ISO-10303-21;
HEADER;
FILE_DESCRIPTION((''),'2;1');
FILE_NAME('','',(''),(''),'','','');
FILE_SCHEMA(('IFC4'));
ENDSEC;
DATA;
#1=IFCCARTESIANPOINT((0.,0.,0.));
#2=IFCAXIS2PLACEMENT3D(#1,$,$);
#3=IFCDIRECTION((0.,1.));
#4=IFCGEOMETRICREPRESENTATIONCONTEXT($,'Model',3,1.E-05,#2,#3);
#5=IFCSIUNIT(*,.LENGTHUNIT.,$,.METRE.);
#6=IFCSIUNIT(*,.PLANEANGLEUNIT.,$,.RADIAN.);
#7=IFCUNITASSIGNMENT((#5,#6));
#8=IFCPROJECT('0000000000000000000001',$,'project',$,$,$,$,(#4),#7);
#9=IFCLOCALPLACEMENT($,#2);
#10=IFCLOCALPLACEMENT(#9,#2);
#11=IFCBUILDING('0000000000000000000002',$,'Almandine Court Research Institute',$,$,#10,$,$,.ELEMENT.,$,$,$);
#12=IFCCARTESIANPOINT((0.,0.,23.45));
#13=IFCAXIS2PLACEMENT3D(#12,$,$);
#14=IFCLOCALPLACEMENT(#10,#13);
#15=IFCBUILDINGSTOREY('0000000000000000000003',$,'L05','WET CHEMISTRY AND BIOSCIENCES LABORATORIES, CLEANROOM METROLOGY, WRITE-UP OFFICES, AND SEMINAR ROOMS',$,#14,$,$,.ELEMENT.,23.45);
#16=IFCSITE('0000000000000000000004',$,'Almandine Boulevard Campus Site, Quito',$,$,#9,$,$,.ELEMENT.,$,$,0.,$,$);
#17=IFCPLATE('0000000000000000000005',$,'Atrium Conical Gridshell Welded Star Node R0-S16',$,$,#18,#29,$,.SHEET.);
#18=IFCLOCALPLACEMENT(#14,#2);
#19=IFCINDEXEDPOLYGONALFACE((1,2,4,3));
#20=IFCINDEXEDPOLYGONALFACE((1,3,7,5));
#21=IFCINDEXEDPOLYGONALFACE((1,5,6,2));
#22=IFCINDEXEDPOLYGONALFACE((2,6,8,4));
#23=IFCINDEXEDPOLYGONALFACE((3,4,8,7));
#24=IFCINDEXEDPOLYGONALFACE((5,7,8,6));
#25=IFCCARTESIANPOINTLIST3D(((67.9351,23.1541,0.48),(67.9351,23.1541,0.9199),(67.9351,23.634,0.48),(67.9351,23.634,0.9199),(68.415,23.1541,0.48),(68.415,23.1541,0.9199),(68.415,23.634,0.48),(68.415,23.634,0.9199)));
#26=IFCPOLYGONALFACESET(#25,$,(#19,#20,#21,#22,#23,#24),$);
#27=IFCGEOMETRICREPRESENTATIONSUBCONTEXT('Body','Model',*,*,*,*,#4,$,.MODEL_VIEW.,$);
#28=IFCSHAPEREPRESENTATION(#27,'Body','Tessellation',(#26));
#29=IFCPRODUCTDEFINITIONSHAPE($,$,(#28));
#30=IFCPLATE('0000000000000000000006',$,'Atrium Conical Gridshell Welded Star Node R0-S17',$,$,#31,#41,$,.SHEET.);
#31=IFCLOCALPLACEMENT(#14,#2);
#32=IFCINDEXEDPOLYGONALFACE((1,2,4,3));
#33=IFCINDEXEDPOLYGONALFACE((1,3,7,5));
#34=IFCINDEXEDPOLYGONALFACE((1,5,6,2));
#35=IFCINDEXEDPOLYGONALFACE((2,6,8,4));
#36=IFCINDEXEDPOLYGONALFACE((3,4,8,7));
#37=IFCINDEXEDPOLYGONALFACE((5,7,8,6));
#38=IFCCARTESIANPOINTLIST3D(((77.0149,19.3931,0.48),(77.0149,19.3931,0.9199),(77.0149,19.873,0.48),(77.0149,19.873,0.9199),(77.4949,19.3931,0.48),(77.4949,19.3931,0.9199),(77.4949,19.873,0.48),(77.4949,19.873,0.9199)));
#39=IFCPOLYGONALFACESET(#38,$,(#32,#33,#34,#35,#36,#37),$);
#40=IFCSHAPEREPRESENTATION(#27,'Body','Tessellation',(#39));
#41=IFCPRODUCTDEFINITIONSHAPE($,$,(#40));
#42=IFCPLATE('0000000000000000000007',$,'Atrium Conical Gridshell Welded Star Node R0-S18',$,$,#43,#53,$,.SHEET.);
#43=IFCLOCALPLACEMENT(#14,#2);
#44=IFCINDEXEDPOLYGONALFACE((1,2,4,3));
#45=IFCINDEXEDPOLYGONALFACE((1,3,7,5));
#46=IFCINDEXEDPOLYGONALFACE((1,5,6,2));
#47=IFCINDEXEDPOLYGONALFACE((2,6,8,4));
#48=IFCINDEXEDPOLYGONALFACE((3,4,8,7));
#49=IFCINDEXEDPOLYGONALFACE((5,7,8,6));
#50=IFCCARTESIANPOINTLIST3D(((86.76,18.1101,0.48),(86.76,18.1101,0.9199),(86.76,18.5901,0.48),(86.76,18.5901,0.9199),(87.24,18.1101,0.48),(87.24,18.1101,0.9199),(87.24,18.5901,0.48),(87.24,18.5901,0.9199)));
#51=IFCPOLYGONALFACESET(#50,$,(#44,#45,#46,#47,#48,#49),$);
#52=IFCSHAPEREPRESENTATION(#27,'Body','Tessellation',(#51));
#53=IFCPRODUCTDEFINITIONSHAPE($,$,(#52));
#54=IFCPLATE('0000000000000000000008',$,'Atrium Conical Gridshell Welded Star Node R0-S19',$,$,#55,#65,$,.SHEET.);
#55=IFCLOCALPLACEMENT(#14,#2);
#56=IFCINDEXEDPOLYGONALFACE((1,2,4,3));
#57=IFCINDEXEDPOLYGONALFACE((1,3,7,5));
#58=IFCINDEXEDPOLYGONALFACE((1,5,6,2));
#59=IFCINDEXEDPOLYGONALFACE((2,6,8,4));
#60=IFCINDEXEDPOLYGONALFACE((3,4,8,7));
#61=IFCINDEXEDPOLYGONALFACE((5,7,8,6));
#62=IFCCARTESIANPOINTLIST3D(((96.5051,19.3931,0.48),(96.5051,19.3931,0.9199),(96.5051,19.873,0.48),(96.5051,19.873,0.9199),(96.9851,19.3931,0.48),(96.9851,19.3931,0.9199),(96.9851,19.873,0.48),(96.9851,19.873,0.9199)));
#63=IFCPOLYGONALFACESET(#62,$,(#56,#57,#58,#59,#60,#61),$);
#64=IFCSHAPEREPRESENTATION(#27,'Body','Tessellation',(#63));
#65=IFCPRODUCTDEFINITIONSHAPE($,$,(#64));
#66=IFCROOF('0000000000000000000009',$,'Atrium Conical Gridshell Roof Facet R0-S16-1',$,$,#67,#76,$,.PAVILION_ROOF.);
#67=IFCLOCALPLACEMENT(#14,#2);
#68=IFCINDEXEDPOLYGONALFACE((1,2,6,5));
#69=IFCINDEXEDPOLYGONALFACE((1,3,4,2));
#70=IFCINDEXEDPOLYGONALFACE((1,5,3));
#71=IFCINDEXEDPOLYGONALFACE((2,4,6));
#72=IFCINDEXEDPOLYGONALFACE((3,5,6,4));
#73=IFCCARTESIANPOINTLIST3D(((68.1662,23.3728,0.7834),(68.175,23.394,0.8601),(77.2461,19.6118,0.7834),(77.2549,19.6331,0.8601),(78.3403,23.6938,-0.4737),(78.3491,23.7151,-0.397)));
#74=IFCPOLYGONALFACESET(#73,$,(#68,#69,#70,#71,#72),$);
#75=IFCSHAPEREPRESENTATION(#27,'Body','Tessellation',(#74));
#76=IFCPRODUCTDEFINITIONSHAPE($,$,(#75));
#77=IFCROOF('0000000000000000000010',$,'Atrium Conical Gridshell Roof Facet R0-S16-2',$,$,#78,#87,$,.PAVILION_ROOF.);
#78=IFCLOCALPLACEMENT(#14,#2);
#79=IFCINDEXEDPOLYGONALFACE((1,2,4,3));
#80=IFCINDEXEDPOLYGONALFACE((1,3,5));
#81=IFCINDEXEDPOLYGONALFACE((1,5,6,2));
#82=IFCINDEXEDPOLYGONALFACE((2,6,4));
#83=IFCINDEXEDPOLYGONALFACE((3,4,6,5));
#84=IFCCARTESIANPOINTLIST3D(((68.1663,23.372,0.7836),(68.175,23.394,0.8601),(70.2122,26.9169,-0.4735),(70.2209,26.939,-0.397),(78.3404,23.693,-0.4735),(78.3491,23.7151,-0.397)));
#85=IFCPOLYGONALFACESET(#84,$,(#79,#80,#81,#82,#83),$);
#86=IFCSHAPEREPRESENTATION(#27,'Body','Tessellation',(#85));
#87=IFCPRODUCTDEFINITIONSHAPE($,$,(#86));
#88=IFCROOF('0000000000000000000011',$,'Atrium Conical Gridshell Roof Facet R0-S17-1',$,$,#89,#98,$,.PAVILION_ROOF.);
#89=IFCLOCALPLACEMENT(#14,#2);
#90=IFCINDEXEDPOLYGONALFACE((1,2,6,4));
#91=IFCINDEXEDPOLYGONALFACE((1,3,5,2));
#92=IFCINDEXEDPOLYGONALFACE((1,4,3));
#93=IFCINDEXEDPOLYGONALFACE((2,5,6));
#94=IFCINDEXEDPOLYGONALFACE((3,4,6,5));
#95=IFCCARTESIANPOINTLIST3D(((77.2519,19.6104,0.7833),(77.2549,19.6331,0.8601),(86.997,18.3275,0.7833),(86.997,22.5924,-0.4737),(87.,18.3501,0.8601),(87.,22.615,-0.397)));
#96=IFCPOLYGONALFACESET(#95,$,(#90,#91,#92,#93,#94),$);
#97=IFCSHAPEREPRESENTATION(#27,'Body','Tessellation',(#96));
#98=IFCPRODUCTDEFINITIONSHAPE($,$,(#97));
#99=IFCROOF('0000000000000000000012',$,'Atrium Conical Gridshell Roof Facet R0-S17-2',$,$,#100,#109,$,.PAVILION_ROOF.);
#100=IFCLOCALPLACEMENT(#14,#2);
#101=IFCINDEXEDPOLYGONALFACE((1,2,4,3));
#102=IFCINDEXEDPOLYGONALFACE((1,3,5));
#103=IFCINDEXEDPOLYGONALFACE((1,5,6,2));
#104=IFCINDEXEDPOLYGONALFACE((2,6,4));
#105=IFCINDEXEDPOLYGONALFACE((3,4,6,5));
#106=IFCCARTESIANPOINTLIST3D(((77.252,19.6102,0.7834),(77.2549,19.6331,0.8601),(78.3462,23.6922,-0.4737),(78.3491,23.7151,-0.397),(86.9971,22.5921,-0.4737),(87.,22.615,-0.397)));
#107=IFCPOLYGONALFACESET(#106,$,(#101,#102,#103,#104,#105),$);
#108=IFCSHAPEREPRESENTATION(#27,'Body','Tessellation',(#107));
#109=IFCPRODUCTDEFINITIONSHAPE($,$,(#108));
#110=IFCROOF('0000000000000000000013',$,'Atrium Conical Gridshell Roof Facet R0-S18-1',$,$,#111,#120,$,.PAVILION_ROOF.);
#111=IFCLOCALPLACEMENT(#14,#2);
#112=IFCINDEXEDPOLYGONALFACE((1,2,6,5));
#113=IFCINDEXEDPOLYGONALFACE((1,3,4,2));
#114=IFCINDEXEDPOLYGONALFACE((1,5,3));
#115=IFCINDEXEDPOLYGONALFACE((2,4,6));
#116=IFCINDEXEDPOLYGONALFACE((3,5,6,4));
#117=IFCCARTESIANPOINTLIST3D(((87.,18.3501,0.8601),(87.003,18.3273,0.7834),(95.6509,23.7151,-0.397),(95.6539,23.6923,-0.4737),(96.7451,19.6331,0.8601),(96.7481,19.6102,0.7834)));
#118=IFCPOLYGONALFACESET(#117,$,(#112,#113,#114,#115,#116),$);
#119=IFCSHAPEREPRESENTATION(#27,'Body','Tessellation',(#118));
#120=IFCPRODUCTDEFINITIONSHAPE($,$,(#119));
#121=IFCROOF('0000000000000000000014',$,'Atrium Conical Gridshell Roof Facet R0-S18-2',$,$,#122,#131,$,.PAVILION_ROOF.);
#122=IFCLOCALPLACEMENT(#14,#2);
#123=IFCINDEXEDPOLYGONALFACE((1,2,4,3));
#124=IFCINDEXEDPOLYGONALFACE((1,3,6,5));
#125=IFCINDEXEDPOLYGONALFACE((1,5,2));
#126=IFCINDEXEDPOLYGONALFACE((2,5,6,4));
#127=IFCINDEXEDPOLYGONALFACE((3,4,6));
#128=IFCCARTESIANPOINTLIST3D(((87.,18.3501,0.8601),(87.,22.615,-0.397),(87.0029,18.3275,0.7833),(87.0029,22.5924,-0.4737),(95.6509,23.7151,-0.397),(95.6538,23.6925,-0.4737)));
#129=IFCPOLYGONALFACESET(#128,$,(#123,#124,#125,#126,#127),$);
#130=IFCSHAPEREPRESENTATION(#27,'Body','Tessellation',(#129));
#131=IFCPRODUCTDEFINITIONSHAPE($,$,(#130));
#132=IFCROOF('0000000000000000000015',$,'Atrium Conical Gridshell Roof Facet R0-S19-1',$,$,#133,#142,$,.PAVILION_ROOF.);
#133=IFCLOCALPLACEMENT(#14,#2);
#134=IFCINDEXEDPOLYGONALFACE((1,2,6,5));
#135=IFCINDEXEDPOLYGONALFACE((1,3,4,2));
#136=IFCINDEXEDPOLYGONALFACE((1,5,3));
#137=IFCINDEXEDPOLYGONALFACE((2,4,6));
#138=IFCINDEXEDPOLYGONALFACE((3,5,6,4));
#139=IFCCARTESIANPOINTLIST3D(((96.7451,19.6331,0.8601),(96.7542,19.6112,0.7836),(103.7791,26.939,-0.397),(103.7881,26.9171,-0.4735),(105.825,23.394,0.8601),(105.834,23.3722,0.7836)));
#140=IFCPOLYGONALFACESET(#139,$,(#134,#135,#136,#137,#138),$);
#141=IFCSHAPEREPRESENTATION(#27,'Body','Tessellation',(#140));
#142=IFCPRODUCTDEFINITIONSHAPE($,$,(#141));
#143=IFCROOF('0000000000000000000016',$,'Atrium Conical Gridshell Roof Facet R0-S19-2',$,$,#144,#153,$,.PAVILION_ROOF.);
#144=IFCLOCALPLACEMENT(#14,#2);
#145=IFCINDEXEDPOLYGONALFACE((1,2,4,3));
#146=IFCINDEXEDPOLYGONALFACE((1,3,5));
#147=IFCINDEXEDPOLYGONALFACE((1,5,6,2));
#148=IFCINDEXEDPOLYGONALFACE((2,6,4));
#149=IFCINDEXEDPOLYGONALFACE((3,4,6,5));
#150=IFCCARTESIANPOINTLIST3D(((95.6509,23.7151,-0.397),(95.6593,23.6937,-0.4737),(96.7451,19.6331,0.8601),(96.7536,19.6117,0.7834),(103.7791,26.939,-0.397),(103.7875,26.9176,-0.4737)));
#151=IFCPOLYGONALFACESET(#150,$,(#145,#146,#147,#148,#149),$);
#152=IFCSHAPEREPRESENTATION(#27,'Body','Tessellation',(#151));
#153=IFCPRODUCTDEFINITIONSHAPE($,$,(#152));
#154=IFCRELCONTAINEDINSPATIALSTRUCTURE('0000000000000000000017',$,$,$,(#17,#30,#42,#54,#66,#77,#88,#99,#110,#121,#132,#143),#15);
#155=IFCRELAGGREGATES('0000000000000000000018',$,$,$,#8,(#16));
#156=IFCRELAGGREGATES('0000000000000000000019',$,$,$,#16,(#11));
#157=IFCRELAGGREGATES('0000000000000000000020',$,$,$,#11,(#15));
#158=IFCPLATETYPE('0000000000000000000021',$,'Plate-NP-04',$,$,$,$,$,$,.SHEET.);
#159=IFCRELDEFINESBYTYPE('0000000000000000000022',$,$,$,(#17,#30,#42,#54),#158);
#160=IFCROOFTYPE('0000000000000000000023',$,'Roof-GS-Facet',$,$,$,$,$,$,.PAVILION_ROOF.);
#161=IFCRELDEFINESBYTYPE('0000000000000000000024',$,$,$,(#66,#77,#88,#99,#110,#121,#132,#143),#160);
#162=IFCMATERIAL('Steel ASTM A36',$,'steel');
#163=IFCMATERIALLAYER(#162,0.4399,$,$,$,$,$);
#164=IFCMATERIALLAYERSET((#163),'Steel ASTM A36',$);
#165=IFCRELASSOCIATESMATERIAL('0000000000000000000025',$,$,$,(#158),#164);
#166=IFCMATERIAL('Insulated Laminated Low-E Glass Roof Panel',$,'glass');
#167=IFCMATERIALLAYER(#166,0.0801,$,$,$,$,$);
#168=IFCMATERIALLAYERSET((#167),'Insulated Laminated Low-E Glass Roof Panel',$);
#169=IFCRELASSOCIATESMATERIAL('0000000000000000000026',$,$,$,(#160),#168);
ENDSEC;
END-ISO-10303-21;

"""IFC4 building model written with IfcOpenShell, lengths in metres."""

from ifc_helpers import new_model, si_unit, direction, frame, origin, origin_2d, place, context, subcontext, project, spatial, polyline, rectangle, outline, extrude, material, layer, layer_set, type_object, element, save


model = new_model("IFC4")

# Units and contexts
model_context = context("Model", 3, precision=1e-05, world=origin(), true_north=direction((0.0, 1.0)))
body_context = subcontext(model_context, "Body", "Model", "MODEL_VIEW")
ifc_project = project(units=[si_unit("LENGTHUNIT", "METRE"), si_unit("PLANEANGLEUNIT", "RADIAN")], contexts=[model_context])

# Site, building, storey
site_placement = place(None, origin())
site = spatial("IfcSite", under=ifc_project, at=site_placement, Name="Almandine Boulevard Campus Site, Quito", CompositionType="ELEMENT", RefElevation=0.0)
building_placement = place(site_placement, origin())
building = spatial("IfcBuilding", under=site, at=building_placement, Name="Almandine Court Research Institute", CompositionType="ELEMENT")
storey_placement = place(building_placement, frame((0.0, 0.0, 23.45)))
storey = spatial("IfcBuildingStorey", under=building, at=storey_placement, Name="L05", Description="WET CHEMISTRY AND BIOSCIENCES LABORATORIES, CLEANROOM METROLOGY, WRITE-UP OFFICES, AND SEMINAR ROOMS", CompositionType="ELEMENT", Elevation=23.45)

# Plates
ifc_material_1 = material(Name="Steel ASTM A36", Category="steel")
ifc_layer_1 = layer(ifc_material_1, 0.4399)
ifc_layer_set_1 = layer_set([ifc_layer_1], Name="Steel ASTM A36")
plate_type = type_object("IfcPlateType", Name="Plate-NP-04", PredefinedType="SHEET", material=ifc_layer_set_1)
for number, where, z_axis, x_axis, name in (
    (1, (68.175, 23.394, 0.48), (0.0, 0.0, 1.0), (1.0, 0.0, 0.0), "Atrium Conical Gridshell Welded Star Node R0-S16"),
    (2, (77.2549, 19.6331, 0.48), (0.0, 0.0, 1.0), (1.0, 0.0, 0.0), "Atrium Conical Gridshell Welded Star Node R0-S17"),
    (3, (87.0, 18.3501, 0.48), (0.0, 0.0, 1.0), (1.0, 0.0, 0.0), "Atrium Conical Gridshell Welded Star Node R0-S18"),
    (4, (96.7451, 19.6331, 0.48), (0.0, 0.0, 1.0), (1.0, 0.0, 0.0), "Atrium Conical Gridshell Welded Star Node R0-S19"),
):
    element("IfcPlate", number, at=place(storey_placement, frame(where, z_axis=z_axis, x_axis=x_axis)), inside=storey, type_object=plate_type, Name=name, PredefinedType="SHEET", context=body_context, shape_type="SweptSolid", body=[
        extrude(rectangle(XDim=0.48, YDim=0.48, at=origin_2d()), origin(), (0.0, 0.0, 1.0), 0.4399),
    ])

# Roofs
ifc_material_2 = material(Name="Insulated Laminated Low-E Glass Roof Panel", Category="glass")
ifc_layer_2 = layer(ifc_material_2, 0.0801)
ifc_layer_set_2 = layer_set([ifc_layer_2], Name="Insulated Laminated Low-E Glass Roof Panel")
roof_type = type_object("IfcRoofType", Name="Roof-GS-Facet", PredefinedType="PAVILION_ROOF", material=ifc_layer_set_2)
roof_1_placement = place(storey_placement, frame((68.175, 23.394, 0.8601), z_axis=(0.109968, 0.265487, 0.957822), x_axis=(0.92388, -0.382683, 0.0)))
element("IfcRoof", 5, at=roof_1_placement, inside=storey, type_object=roof_type, Name="Atrium Conical Gridshell Roof Facet R0-S16-1", PredefinedType="PAVILION_ROOF", context=body_context, shape_type="SweptSolid", body=[
    extrude(outline(polyline([(0.0, 0.0), (9.8279, 0.0), (9.2768, 4.3746), (0.0, 0.0)])), origin(), (0.0, 0.0, -1.0), 0.0801),
])
roof_2_placement = place(storey_placement, frame((68.175, 23.394, 0.8601), z_axis=(0.109306, 0.275587, 0.955041), x_axis=(0.991967, 0.031302, -0.122565)))
element("IfcRoof", 6, at=roof_2_placement, inside=storey, type_object=roof_type, Name="Atrium Conical Gridshell Roof Facet R0-S16-2", PredefinedType="PAVILION_ROOF", context=body_context, shape_type="SweptSolid", body=[
    extrude(outline(polyline([(0.0, 0.0), (10.2565, 0.0), (2.2945, 3.6149), (0.0, 0.0)])), origin(), (0.0, 0.0, -1.0), 0.0801),
])
roof_3_placement = place(storey_placement, frame((77.2549, 19.6331, 0.8601), z_axis=(0.037195, 0.28253, 0.958537), x_axis=(0.991445, -0.130525, 0.0)))
element("IfcRoof", 7, at=roof_3_placement, inside=storey, type_object=roof_type, Name="Atrium Conical Gridshell Roof Facet R0-S17-1", PredefinedType="PAVILION_ROOF", context=body_context, shape_type="SweptSolid", body=[
    extrude(outline(polyline([(0.0, 0.0), (9.8292, 0.0), (9.2725, 4.4113), (0.0, 0.0)])), origin(), (0.0, 0.0, -1.0), 0.0801),
])
roof_4_placement = place(storey_placement, frame((77.2549, 19.6331, 0.8601), z_axis=(0.036271, 0.285228, 0.957773), x_axis=(0.949042, 0.2904, -0.122423)))
element("IfcRoof", 8, at=roof_4_placement, inside=storey, type_object=roof_type, Name="Atrium Conical Gridshell Roof Facet R0-S17-2", PredefinedType="PAVILION_ROOF", context=body_context, shape_type="SweptSolid", body=[
    extrude(outline(polyline([(0.0, 0.0), (10.2684, 0.0), (2.3778, 3.713), (0.0, 0.0)])), origin(), (0.0, 0.0, -1.0), 0.0801),
])
roof_5_placement = place(storey_placement, frame((87.0, 18.3501, 0.8601), z_axis=(-0.037509, 0.28491, 0.95782), x_axis=(0.991445, 0.130525, 0.0)))
element("IfcRoof", 9, at=roof_5_placement, inside=storey, type_object=roof_type, Name="Atrium Conical Gridshell Roof Facet R0-S18-1", PredefinedType="PAVILION_ROOF", context=body_context, shape_type="SweptSolid", body=[
    extrude(outline(polyline([(0.0, 0.0), (9.8292, 0.0), (9.2771, 4.3744), (0.0, 0.0)])), origin(), (0.0, 0.0, -1.0), 0.0801),
])
roof_6_placement = place(storey_placement, frame((87.0, 18.3501, 0.8601), z_axis=(-0.03593, 0.282543, 0.958582), x_axis=(0.843432, 0.523069, -0.122561)))
element("IfcRoof", 10, at=roof_6_placement, inside=storey, type_object=roof_type, Name="Atrium Conical Gridshell Roof Facet R0-S18-2", PredefinedType="PAVILION_ROOF", context=body_context, shape_type="SweptSolid", body=[
    extrude(outline(polyline([(0.0, 0.0), (10.2568, 0.0), (2.3849, 3.7526), (0.0, 0.0)])), origin(), (0.0, 0.0, -1.0), 0.0801),
])
roof_7_placement = place(storey_placement, frame((96.7451, 19.6331, 0.8601), z_axis=(-0.113238, 0.27338, 0.955217), x_axis=(0.92388, 0.382683, 0.0)))
element("IfcRoof", 11, at=roof_7_placement, inside=storey, type_object=roof_type, Name="Atrium Conical Gridshell Roof Facet R0-S19-1", PredefinedType="PAVILION_ROOF", context=body_context, shape_type="SweptSolid", body=[
    extrude(outline(polyline([(0.0, 0.0), (9.8279, 0.0), (9.2944, 4.2483), (0.0, 0.0)])), origin(), (0.0, 0.0, -1.0), 0.0801),
])
roof_8_placement = place(storey_placement, frame((96.7451, 19.6331, 0.8601), z_axis=(-0.105765, 0.26666, 0.95797), x_axis=(0.688303, 0.714917, -0.123011)))
element("IfcRoof", 12, at=roof_8_placement, inside=storey, type_object=roof_type, Name="Atrium Conical Gridshell Roof Facet R0-S19-2", PredefinedType="PAVILION_ROOF", context=body_context, shape_type="SweptSolid", body=[
    extrude(outline(polyline([(0.0, 0.0), (10.2192, 0.0), (2.3198, 3.7496), (0.0, 0.0)])), origin(), (0.0, 0.0, -1.0), 0.0801),
])

save(model, "model.ifc")
